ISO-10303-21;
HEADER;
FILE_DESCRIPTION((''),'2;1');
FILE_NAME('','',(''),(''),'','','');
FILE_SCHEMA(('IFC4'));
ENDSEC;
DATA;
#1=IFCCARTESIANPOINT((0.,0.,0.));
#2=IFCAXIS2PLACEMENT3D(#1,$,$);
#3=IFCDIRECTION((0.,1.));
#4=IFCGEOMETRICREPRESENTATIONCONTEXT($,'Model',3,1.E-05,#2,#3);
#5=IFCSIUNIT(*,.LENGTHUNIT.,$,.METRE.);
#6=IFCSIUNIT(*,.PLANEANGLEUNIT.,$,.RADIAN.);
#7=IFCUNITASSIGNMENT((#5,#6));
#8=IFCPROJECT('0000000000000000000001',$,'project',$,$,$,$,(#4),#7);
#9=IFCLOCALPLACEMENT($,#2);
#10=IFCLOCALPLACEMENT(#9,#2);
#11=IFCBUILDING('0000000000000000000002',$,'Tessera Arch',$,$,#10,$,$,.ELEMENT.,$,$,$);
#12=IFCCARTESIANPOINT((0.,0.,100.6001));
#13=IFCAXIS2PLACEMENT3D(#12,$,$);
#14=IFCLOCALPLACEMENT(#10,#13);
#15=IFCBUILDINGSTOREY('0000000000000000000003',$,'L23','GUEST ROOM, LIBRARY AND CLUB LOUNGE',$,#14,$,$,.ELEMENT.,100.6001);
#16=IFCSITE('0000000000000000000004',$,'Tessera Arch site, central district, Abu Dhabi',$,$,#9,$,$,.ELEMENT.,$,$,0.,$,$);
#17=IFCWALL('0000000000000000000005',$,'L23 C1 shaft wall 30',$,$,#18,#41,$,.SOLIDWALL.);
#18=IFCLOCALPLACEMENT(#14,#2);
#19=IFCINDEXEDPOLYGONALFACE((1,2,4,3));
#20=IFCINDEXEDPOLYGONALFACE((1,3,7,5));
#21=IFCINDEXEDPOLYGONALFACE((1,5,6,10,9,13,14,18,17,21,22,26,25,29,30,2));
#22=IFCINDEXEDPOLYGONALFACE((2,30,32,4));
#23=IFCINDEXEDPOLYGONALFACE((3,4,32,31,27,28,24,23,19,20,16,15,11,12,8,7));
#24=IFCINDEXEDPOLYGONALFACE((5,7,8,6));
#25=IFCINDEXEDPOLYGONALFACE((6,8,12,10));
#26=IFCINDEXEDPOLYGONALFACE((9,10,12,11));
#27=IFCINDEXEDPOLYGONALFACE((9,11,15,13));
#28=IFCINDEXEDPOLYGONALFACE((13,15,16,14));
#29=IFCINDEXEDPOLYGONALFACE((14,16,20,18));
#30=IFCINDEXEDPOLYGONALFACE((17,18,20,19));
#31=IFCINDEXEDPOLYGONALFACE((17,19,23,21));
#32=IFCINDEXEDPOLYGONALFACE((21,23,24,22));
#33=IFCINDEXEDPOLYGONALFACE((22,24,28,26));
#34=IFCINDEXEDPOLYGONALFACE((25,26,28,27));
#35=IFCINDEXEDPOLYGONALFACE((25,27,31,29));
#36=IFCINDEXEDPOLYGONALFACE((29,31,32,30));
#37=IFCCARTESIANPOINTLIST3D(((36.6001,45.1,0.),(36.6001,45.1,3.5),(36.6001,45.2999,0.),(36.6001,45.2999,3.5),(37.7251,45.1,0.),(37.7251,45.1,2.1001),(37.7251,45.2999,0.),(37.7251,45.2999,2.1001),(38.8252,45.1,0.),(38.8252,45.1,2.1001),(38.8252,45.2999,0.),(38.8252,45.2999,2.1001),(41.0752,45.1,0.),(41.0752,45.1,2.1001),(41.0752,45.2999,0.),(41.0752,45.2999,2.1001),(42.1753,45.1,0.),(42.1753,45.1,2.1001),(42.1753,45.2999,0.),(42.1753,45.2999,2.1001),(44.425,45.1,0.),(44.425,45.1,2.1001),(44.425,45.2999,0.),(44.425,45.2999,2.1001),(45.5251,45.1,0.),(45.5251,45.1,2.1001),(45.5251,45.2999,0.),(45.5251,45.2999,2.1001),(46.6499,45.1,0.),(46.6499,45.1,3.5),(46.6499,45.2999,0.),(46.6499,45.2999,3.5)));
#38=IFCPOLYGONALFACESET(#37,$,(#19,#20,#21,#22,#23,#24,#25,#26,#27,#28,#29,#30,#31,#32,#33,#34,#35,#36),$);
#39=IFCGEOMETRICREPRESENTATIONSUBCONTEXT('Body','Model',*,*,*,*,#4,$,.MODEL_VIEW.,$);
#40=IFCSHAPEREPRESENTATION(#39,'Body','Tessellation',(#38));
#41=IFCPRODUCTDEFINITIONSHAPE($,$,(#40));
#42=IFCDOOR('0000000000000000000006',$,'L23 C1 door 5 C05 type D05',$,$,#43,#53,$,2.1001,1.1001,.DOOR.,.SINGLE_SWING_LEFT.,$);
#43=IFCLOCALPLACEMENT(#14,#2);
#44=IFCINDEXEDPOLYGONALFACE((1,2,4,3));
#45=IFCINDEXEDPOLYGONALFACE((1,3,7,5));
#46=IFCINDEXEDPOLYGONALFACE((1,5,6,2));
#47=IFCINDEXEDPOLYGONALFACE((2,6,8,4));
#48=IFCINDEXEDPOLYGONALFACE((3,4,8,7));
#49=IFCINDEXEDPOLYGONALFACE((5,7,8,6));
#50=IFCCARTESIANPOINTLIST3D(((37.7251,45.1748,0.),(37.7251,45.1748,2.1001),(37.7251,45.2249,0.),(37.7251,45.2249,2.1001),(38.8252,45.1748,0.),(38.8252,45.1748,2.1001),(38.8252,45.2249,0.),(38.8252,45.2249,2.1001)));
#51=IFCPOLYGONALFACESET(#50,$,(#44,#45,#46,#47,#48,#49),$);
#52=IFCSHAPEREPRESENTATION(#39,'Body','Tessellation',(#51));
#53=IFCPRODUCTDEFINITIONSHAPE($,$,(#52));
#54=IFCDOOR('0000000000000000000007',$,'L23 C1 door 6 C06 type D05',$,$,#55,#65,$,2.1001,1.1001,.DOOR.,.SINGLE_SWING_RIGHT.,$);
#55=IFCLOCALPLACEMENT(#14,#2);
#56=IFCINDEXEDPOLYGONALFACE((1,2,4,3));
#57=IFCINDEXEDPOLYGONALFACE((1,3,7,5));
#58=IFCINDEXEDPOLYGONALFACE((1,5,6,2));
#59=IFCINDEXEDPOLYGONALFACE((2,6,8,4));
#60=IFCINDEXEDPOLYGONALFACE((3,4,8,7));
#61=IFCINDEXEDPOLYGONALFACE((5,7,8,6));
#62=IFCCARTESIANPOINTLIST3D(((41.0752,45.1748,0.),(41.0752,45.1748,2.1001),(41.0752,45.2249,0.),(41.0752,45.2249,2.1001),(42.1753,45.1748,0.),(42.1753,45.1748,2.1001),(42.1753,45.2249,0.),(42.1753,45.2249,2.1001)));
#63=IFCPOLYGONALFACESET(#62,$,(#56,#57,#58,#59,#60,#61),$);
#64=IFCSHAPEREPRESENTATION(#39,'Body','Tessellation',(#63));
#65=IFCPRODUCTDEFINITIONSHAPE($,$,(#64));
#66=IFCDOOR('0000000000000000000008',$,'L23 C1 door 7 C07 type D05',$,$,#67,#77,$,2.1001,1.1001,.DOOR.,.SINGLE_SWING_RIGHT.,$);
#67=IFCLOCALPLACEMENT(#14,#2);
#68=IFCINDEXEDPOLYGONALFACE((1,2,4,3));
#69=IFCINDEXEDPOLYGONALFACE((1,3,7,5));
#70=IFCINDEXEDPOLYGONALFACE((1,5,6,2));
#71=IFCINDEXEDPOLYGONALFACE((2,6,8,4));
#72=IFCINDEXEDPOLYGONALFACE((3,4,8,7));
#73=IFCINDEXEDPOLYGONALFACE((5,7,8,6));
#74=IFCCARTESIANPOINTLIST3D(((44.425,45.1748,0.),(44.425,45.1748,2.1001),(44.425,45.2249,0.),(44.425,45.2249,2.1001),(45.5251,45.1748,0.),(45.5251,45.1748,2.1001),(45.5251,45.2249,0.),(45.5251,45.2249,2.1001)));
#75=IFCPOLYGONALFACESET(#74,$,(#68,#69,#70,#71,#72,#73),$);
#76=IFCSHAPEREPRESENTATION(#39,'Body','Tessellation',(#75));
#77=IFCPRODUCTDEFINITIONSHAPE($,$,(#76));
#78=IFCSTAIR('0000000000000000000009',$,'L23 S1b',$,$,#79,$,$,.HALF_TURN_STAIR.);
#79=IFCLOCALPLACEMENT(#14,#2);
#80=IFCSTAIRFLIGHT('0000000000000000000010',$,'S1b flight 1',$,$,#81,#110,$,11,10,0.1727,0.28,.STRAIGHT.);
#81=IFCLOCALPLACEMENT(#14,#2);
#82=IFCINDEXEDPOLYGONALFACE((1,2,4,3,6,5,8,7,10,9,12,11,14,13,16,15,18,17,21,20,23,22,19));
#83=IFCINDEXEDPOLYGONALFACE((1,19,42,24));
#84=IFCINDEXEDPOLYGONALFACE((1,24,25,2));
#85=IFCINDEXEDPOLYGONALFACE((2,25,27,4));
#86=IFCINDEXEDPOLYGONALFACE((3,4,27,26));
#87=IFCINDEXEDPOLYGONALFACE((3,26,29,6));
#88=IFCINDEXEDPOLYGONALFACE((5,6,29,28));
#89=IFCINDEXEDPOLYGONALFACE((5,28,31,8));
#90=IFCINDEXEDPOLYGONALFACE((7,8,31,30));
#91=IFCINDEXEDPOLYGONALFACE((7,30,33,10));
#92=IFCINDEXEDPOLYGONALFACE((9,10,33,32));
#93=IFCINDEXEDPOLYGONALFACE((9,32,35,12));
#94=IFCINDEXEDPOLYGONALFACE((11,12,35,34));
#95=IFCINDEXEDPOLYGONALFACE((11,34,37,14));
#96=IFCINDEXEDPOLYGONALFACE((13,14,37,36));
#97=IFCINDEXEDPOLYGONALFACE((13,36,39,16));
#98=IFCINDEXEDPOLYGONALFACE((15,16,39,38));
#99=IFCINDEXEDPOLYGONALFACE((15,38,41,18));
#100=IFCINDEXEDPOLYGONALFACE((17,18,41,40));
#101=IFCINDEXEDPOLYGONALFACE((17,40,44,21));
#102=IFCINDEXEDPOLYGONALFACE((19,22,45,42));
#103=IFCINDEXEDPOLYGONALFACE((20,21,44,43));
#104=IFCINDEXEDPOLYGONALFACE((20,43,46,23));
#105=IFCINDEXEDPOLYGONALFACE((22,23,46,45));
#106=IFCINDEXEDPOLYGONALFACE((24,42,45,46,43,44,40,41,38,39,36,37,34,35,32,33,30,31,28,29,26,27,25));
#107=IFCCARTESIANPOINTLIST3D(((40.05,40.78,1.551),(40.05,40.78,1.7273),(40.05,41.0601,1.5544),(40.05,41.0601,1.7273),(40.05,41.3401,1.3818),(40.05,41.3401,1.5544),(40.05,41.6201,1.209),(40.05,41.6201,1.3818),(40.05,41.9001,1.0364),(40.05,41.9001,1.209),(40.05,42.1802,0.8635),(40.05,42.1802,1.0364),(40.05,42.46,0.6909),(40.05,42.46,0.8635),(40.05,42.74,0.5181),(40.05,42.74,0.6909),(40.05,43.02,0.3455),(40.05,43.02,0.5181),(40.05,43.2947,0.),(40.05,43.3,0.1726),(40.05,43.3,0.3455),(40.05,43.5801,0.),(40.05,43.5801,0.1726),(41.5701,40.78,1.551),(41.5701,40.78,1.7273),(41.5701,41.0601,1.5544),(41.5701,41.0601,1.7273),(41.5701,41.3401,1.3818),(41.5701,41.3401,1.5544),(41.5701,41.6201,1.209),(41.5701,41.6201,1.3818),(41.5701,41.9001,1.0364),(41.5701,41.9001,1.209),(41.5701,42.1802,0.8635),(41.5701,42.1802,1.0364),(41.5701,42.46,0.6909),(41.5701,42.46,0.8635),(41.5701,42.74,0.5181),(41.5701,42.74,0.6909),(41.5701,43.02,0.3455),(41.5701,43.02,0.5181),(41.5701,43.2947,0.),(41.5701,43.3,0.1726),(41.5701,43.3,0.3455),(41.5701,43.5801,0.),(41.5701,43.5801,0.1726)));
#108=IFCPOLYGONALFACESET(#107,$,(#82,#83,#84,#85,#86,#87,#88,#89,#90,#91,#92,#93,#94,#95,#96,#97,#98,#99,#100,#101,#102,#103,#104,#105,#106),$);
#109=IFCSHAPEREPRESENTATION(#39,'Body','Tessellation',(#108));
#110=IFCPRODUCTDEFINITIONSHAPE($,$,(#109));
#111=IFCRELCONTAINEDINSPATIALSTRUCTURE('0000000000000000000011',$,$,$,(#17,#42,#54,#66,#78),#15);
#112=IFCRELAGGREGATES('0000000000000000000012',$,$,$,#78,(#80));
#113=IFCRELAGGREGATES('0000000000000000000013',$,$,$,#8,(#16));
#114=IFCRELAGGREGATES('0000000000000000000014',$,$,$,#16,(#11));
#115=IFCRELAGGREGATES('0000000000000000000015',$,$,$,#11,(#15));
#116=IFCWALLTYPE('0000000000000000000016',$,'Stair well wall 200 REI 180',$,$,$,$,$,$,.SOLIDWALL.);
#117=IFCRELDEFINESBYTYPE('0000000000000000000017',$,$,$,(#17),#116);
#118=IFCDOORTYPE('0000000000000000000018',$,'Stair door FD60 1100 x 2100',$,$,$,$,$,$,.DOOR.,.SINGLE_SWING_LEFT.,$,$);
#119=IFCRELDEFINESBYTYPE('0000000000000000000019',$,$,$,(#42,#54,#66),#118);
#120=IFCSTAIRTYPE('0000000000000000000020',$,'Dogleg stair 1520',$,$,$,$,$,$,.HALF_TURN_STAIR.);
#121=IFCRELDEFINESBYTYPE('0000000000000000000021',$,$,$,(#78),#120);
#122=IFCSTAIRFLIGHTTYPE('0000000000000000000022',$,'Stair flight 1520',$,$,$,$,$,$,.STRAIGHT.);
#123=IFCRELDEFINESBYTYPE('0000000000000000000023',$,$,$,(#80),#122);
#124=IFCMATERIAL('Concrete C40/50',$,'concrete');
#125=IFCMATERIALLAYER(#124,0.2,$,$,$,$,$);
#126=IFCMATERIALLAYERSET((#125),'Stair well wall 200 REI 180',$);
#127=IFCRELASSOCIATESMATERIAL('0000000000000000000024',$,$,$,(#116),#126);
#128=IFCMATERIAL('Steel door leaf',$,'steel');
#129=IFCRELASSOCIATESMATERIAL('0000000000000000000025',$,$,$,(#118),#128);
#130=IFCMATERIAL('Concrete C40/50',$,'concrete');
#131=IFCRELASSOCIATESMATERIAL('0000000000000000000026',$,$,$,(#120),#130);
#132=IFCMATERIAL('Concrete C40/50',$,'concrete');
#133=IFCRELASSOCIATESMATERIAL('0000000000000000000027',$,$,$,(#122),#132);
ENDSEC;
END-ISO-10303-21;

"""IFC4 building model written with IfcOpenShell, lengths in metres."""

from ifc_helpers import new_model, si_unit, direction, frame, frame_2d, origin, place, context, subcontext, project, spatial, polyline, rectangle, outline, extrude, material, layer, layer_set, type_object, element, fill, aggregate, save


model = new_model("IFC4")

# Units and contexts
model_context = context("Model", 3, precision=1e-05, world=origin(), true_north=direction((0.0, 1.0)))
body_context = subcontext(model_context, "Body", "Model", "MODEL_VIEW")
ifc_project = project(units=[si_unit("LENGTHUNIT", "METRE"), si_unit("PLANEANGLEUNIT", "RADIAN")], contexts=[model_context])

# Site, building, storey
site_placement = place(None, origin())
site = spatial("IfcSite", under=ifc_project, at=site_placement, Name="Tessera Arch site, central district, Abu Dhabi", CompositionType="ELEMENT", RefElevation=0.0)
building_placement = place(site_placement, origin())
building = spatial("IfcBuilding", under=site, at=building_placement, Name="Tessera Arch", CompositionType="ELEMENT")
storey_placement = place(building_placement, frame((0.0, 0.0, 100.6001)))
storey = spatial("IfcBuildingStorey", under=building, at=storey_placement, Name="L23", Description="GUEST ROOM, LIBRARY AND CLUB LOUNGE", CompositionType="ELEMENT", Elevation=100.6001)

# Wall, openings, doors
ifc_material_1 = material(Name="Concrete C40/50", Category="concrete")
ifc_layer_1 = layer(ifc_material_1, 0.2)
ifc_layer_set_1 = layer_set([ifc_layer_1], Name="Stair well wall 200 REI 180")
wall_type_1 = type_object("IfcWallType", Name="Stair well wall 200 REI 180", PredefinedType="SOLIDWALL", material=ifc_layer_set_1)
wall_1_placement = place(storey_placement, frame((36.6001, 45.2, 0.0), z_axis=(0.0, 0.0, 1.0), x_axis=(1.0, 0.0, 0.0)))
wall_1 = element("IfcWall", 1, at=wall_1_placement, inside=storey, type_object=wall_type_1, Name="L23 C1 shaft wall 30", PredefinedType="SOLIDWALL", context=body_context, shape_type="SweptSolid", body=[
    extrude(rectangle(XDim=10.0498, YDim=0.2, at=frame_2d((5.0249, 0.0))), origin(), (0.0, 0.0, 1.0), 3.5),
])
opening_1_placement = place(wall_1_placement, frame((1.125, 0.0, 0.0)))
opening_1 = element("IfcOpeningElement", 2, at=opening_1_placement, cuts=wall_1, PredefinedType="OPENING", context=body_context, shape_type="SweptSolid", body=[
    extrude(rectangle(XDim=1.1001, YDim=2.1001, at=frame_2d((0.55, 1.05))), frame((0.0, 0.1099, 0.0), z_axis=(0.0, -1.0, 0.0), x_axis=(1.0, 0.0, 0.0)), (0.0, 0.0, 1.0), 0.22),
])
opening_2_placement = place(wall_1_placement, frame((4.4751, 0.0, 0.0)))
opening_2 = element("IfcOpeningElement", 3, at=opening_2_placement, cuts=wall_1, PredefinedType="OPENING", context=body_context, shape_type="SweptSolid", body=[
    extrude(rectangle(XDim=1.1001, YDim=2.1001, at=frame_2d((0.55, 1.05))), frame((0.0, 0.1099, 0.0), z_axis=(0.0, -1.0, 0.0), x_axis=(1.0, 0.0, 0.0)), (0.0, 0.0, 1.0), 0.22),
])
opening_3_placement = place(wall_1_placement, frame((7.825, 0.0, 0.0)))
opening_3 = element("IfcOpeningElement", 4, at=opening_3_placement, cuts=wall_1, PredefinedType="OPENING", context=body_context, shape_type="SweptSolid", body=[
    extrude(rectangle(XDim=1.1001, YDim=2.1001, at=frame_2d((0.55, 1.05))), frame((0.0, 0.1099, 0.0), z_axis=(0.0, -1.0, 0.0), x_axis=(1.0, 0.0, 0.0)), (0.0, 0.0, 1.0), 0.22),
])
ifc_material_2 = material(Name="Steel door leaf", Category="steel")
door_type_1 = type_object("IfcDoorType", Name="Stair door FD60 1100 x 2100", OperationType="SINGLE_SWING_LEFT", PredefinedType="DOOR", material=ifc_material_2)
door_1_placement = place(opening_1_placement, origin())
door_1 = element("IfcDoor", 5, at=door_1_placement, inside=storey, type_object=door_type_1, Name="L23 C1 door 5 C05 type D05", OperationType="SINGLE_SWING_LEFT", OverallHeight=2.1001, OverallWidth=1.1001, PredefinedType="DOOR", context=body_context, shape_type="SweptSolid", body=[
    extrude(rectangle(XDim=1.1001, YDim=2.1001, at=frame_2d((0.55, 1.05))), frame((0.0, 0.0249, 0.0), z_axis=(0.0, -1.0, 0.0), x_axis=(1.0, 0.0, 0.0)), (0.0, 0.0, 1.0), 0.05),
])
fill(opening_1, door_1)
door_2_placement = place(opening_2_placement, origin())
door_2 = element("IfcDoor", 6, at=door_2_placement, inside=storey, type_object=door_type_1, Name="L23 C1 door 6 C06 type D05", OperationType="SINGLE_SWING_RIGHT", OverallHeight=2.1001, OverallWidth=1.1001, PredefinedType="DOOR", context=body_context, shape_type="SweptSolid", body=[
    extrude(rectangle(XDim=1.1001, YDim=2.1001, at=frame_2d((0.55, 1.05))), frame((0.0, 0.0249, 0.0), z_axis=(0.0, -1.0, 0.0), x_axis=(1.0, 0.0, 0.0)), (0.0, 0.0, 1.0), 0.05),
])
fill(opening_2, door_2)
door_3_placement = place(opening_3_placement, origin())
door_3 = element("IfcDoor", 7, at=door_3_placement, inside=storey, type_object=door_type_1, Name="L23 C1 door 7 C07 type D05", OperationType="SINGLE_SWING_RIGHT", OverallHeight=2.1001, OverallWidth=1.1001, PredefinedType="DOOR", context=body_context, shape_type="SweptSolid", body=[
    extrude(rectangle(XDim=1.1001, YDim=2.1001, at=frame_2d((0.55, 1.05))), frame((0.0, 0.0249, 0.0), z_axis=(0.0, -1.0, 0.0), x_axis=(1.0, 0.0, 0.0)), (0.0, 0.0, 1.0), 0.05),
])
fill(opening_3, door_3)

# Stair, stair flight
ifc_material_3 = material(Name="Concrete C40/50", Category="concrete")
stair_type = type_object("IfcStairType", Name="Dogleg stair 1520", PredefinedType="HALF_TURN_STAIR", material=ifc_material_3)
stair_placement = place(storey_placement, origin())
stair = element("IfcStair", 8, at=stair_placement, inside=storey, type_object=stair_type, Name="L23 S1b", PredefinedType="HALF_TURN_STAIR")
ifc_material_4 = material(Name="Concrete C40/50", Category="concrete")
stair_flight_type = type_object("IfcStairFlightType", Name="Stair flight 1520", PredefinedType="STRAIGHT", material=ifc_material_4)
stair_flight_placement = place(storey_placement, frame((40.8101, 43.5801, 0.0), z_axis=(0.0, 0.0, 1.0), x_axis=(0.0, -1.0, 0.0)))
stair_flight = element("IfcStairFlight", 9, at=stair_flight_placement, type_object=stair_flight_type, Name="S1b flight 1", NumberOfRisers=11, NumberOfTreads=10, PredefinedType="STRAIGHT", RiserHeight=0.1727, TreadLength=0.28, context=body_context, shape_type="SweptSolid", body=[
    extrude(outline(polyline([(0.0, 0.0), (0.0, 0.1726), (0.28, 0.1726), (0.28, 0.3455), (0.5601, 0.3455), (0.5601, 0.5181), (0.8401, 0.5181), (0.8401, 0.6909), (1.1201, 0.6909), (1.1201, 0.8635), (1.3999, 0.8635), (1.3999, 1.0364), (1.6799, 1.0364), (1.6799, 1.209), (1.96, 1.209), (1.96, 1.3818), (2.24, 1.3818), (2.24, 1.5544), (2.52, 1.5544), (2.52, 1.7273), (2.8, 1.7273), (2.8, 1.8999), (2.8, 1.551), (0.2854, 0.0), (0.0, 0.0)])), frame((0.0, 0.76, 0.0), z_axis=(0.0, -1.0, 0.0), x_axis=(1.0, 0.0, 0.0)), (0.0, 0.0, 1.0), 1.52),
])
aggregate(stair, [stair_flight])

save(model, "model.ifc")
